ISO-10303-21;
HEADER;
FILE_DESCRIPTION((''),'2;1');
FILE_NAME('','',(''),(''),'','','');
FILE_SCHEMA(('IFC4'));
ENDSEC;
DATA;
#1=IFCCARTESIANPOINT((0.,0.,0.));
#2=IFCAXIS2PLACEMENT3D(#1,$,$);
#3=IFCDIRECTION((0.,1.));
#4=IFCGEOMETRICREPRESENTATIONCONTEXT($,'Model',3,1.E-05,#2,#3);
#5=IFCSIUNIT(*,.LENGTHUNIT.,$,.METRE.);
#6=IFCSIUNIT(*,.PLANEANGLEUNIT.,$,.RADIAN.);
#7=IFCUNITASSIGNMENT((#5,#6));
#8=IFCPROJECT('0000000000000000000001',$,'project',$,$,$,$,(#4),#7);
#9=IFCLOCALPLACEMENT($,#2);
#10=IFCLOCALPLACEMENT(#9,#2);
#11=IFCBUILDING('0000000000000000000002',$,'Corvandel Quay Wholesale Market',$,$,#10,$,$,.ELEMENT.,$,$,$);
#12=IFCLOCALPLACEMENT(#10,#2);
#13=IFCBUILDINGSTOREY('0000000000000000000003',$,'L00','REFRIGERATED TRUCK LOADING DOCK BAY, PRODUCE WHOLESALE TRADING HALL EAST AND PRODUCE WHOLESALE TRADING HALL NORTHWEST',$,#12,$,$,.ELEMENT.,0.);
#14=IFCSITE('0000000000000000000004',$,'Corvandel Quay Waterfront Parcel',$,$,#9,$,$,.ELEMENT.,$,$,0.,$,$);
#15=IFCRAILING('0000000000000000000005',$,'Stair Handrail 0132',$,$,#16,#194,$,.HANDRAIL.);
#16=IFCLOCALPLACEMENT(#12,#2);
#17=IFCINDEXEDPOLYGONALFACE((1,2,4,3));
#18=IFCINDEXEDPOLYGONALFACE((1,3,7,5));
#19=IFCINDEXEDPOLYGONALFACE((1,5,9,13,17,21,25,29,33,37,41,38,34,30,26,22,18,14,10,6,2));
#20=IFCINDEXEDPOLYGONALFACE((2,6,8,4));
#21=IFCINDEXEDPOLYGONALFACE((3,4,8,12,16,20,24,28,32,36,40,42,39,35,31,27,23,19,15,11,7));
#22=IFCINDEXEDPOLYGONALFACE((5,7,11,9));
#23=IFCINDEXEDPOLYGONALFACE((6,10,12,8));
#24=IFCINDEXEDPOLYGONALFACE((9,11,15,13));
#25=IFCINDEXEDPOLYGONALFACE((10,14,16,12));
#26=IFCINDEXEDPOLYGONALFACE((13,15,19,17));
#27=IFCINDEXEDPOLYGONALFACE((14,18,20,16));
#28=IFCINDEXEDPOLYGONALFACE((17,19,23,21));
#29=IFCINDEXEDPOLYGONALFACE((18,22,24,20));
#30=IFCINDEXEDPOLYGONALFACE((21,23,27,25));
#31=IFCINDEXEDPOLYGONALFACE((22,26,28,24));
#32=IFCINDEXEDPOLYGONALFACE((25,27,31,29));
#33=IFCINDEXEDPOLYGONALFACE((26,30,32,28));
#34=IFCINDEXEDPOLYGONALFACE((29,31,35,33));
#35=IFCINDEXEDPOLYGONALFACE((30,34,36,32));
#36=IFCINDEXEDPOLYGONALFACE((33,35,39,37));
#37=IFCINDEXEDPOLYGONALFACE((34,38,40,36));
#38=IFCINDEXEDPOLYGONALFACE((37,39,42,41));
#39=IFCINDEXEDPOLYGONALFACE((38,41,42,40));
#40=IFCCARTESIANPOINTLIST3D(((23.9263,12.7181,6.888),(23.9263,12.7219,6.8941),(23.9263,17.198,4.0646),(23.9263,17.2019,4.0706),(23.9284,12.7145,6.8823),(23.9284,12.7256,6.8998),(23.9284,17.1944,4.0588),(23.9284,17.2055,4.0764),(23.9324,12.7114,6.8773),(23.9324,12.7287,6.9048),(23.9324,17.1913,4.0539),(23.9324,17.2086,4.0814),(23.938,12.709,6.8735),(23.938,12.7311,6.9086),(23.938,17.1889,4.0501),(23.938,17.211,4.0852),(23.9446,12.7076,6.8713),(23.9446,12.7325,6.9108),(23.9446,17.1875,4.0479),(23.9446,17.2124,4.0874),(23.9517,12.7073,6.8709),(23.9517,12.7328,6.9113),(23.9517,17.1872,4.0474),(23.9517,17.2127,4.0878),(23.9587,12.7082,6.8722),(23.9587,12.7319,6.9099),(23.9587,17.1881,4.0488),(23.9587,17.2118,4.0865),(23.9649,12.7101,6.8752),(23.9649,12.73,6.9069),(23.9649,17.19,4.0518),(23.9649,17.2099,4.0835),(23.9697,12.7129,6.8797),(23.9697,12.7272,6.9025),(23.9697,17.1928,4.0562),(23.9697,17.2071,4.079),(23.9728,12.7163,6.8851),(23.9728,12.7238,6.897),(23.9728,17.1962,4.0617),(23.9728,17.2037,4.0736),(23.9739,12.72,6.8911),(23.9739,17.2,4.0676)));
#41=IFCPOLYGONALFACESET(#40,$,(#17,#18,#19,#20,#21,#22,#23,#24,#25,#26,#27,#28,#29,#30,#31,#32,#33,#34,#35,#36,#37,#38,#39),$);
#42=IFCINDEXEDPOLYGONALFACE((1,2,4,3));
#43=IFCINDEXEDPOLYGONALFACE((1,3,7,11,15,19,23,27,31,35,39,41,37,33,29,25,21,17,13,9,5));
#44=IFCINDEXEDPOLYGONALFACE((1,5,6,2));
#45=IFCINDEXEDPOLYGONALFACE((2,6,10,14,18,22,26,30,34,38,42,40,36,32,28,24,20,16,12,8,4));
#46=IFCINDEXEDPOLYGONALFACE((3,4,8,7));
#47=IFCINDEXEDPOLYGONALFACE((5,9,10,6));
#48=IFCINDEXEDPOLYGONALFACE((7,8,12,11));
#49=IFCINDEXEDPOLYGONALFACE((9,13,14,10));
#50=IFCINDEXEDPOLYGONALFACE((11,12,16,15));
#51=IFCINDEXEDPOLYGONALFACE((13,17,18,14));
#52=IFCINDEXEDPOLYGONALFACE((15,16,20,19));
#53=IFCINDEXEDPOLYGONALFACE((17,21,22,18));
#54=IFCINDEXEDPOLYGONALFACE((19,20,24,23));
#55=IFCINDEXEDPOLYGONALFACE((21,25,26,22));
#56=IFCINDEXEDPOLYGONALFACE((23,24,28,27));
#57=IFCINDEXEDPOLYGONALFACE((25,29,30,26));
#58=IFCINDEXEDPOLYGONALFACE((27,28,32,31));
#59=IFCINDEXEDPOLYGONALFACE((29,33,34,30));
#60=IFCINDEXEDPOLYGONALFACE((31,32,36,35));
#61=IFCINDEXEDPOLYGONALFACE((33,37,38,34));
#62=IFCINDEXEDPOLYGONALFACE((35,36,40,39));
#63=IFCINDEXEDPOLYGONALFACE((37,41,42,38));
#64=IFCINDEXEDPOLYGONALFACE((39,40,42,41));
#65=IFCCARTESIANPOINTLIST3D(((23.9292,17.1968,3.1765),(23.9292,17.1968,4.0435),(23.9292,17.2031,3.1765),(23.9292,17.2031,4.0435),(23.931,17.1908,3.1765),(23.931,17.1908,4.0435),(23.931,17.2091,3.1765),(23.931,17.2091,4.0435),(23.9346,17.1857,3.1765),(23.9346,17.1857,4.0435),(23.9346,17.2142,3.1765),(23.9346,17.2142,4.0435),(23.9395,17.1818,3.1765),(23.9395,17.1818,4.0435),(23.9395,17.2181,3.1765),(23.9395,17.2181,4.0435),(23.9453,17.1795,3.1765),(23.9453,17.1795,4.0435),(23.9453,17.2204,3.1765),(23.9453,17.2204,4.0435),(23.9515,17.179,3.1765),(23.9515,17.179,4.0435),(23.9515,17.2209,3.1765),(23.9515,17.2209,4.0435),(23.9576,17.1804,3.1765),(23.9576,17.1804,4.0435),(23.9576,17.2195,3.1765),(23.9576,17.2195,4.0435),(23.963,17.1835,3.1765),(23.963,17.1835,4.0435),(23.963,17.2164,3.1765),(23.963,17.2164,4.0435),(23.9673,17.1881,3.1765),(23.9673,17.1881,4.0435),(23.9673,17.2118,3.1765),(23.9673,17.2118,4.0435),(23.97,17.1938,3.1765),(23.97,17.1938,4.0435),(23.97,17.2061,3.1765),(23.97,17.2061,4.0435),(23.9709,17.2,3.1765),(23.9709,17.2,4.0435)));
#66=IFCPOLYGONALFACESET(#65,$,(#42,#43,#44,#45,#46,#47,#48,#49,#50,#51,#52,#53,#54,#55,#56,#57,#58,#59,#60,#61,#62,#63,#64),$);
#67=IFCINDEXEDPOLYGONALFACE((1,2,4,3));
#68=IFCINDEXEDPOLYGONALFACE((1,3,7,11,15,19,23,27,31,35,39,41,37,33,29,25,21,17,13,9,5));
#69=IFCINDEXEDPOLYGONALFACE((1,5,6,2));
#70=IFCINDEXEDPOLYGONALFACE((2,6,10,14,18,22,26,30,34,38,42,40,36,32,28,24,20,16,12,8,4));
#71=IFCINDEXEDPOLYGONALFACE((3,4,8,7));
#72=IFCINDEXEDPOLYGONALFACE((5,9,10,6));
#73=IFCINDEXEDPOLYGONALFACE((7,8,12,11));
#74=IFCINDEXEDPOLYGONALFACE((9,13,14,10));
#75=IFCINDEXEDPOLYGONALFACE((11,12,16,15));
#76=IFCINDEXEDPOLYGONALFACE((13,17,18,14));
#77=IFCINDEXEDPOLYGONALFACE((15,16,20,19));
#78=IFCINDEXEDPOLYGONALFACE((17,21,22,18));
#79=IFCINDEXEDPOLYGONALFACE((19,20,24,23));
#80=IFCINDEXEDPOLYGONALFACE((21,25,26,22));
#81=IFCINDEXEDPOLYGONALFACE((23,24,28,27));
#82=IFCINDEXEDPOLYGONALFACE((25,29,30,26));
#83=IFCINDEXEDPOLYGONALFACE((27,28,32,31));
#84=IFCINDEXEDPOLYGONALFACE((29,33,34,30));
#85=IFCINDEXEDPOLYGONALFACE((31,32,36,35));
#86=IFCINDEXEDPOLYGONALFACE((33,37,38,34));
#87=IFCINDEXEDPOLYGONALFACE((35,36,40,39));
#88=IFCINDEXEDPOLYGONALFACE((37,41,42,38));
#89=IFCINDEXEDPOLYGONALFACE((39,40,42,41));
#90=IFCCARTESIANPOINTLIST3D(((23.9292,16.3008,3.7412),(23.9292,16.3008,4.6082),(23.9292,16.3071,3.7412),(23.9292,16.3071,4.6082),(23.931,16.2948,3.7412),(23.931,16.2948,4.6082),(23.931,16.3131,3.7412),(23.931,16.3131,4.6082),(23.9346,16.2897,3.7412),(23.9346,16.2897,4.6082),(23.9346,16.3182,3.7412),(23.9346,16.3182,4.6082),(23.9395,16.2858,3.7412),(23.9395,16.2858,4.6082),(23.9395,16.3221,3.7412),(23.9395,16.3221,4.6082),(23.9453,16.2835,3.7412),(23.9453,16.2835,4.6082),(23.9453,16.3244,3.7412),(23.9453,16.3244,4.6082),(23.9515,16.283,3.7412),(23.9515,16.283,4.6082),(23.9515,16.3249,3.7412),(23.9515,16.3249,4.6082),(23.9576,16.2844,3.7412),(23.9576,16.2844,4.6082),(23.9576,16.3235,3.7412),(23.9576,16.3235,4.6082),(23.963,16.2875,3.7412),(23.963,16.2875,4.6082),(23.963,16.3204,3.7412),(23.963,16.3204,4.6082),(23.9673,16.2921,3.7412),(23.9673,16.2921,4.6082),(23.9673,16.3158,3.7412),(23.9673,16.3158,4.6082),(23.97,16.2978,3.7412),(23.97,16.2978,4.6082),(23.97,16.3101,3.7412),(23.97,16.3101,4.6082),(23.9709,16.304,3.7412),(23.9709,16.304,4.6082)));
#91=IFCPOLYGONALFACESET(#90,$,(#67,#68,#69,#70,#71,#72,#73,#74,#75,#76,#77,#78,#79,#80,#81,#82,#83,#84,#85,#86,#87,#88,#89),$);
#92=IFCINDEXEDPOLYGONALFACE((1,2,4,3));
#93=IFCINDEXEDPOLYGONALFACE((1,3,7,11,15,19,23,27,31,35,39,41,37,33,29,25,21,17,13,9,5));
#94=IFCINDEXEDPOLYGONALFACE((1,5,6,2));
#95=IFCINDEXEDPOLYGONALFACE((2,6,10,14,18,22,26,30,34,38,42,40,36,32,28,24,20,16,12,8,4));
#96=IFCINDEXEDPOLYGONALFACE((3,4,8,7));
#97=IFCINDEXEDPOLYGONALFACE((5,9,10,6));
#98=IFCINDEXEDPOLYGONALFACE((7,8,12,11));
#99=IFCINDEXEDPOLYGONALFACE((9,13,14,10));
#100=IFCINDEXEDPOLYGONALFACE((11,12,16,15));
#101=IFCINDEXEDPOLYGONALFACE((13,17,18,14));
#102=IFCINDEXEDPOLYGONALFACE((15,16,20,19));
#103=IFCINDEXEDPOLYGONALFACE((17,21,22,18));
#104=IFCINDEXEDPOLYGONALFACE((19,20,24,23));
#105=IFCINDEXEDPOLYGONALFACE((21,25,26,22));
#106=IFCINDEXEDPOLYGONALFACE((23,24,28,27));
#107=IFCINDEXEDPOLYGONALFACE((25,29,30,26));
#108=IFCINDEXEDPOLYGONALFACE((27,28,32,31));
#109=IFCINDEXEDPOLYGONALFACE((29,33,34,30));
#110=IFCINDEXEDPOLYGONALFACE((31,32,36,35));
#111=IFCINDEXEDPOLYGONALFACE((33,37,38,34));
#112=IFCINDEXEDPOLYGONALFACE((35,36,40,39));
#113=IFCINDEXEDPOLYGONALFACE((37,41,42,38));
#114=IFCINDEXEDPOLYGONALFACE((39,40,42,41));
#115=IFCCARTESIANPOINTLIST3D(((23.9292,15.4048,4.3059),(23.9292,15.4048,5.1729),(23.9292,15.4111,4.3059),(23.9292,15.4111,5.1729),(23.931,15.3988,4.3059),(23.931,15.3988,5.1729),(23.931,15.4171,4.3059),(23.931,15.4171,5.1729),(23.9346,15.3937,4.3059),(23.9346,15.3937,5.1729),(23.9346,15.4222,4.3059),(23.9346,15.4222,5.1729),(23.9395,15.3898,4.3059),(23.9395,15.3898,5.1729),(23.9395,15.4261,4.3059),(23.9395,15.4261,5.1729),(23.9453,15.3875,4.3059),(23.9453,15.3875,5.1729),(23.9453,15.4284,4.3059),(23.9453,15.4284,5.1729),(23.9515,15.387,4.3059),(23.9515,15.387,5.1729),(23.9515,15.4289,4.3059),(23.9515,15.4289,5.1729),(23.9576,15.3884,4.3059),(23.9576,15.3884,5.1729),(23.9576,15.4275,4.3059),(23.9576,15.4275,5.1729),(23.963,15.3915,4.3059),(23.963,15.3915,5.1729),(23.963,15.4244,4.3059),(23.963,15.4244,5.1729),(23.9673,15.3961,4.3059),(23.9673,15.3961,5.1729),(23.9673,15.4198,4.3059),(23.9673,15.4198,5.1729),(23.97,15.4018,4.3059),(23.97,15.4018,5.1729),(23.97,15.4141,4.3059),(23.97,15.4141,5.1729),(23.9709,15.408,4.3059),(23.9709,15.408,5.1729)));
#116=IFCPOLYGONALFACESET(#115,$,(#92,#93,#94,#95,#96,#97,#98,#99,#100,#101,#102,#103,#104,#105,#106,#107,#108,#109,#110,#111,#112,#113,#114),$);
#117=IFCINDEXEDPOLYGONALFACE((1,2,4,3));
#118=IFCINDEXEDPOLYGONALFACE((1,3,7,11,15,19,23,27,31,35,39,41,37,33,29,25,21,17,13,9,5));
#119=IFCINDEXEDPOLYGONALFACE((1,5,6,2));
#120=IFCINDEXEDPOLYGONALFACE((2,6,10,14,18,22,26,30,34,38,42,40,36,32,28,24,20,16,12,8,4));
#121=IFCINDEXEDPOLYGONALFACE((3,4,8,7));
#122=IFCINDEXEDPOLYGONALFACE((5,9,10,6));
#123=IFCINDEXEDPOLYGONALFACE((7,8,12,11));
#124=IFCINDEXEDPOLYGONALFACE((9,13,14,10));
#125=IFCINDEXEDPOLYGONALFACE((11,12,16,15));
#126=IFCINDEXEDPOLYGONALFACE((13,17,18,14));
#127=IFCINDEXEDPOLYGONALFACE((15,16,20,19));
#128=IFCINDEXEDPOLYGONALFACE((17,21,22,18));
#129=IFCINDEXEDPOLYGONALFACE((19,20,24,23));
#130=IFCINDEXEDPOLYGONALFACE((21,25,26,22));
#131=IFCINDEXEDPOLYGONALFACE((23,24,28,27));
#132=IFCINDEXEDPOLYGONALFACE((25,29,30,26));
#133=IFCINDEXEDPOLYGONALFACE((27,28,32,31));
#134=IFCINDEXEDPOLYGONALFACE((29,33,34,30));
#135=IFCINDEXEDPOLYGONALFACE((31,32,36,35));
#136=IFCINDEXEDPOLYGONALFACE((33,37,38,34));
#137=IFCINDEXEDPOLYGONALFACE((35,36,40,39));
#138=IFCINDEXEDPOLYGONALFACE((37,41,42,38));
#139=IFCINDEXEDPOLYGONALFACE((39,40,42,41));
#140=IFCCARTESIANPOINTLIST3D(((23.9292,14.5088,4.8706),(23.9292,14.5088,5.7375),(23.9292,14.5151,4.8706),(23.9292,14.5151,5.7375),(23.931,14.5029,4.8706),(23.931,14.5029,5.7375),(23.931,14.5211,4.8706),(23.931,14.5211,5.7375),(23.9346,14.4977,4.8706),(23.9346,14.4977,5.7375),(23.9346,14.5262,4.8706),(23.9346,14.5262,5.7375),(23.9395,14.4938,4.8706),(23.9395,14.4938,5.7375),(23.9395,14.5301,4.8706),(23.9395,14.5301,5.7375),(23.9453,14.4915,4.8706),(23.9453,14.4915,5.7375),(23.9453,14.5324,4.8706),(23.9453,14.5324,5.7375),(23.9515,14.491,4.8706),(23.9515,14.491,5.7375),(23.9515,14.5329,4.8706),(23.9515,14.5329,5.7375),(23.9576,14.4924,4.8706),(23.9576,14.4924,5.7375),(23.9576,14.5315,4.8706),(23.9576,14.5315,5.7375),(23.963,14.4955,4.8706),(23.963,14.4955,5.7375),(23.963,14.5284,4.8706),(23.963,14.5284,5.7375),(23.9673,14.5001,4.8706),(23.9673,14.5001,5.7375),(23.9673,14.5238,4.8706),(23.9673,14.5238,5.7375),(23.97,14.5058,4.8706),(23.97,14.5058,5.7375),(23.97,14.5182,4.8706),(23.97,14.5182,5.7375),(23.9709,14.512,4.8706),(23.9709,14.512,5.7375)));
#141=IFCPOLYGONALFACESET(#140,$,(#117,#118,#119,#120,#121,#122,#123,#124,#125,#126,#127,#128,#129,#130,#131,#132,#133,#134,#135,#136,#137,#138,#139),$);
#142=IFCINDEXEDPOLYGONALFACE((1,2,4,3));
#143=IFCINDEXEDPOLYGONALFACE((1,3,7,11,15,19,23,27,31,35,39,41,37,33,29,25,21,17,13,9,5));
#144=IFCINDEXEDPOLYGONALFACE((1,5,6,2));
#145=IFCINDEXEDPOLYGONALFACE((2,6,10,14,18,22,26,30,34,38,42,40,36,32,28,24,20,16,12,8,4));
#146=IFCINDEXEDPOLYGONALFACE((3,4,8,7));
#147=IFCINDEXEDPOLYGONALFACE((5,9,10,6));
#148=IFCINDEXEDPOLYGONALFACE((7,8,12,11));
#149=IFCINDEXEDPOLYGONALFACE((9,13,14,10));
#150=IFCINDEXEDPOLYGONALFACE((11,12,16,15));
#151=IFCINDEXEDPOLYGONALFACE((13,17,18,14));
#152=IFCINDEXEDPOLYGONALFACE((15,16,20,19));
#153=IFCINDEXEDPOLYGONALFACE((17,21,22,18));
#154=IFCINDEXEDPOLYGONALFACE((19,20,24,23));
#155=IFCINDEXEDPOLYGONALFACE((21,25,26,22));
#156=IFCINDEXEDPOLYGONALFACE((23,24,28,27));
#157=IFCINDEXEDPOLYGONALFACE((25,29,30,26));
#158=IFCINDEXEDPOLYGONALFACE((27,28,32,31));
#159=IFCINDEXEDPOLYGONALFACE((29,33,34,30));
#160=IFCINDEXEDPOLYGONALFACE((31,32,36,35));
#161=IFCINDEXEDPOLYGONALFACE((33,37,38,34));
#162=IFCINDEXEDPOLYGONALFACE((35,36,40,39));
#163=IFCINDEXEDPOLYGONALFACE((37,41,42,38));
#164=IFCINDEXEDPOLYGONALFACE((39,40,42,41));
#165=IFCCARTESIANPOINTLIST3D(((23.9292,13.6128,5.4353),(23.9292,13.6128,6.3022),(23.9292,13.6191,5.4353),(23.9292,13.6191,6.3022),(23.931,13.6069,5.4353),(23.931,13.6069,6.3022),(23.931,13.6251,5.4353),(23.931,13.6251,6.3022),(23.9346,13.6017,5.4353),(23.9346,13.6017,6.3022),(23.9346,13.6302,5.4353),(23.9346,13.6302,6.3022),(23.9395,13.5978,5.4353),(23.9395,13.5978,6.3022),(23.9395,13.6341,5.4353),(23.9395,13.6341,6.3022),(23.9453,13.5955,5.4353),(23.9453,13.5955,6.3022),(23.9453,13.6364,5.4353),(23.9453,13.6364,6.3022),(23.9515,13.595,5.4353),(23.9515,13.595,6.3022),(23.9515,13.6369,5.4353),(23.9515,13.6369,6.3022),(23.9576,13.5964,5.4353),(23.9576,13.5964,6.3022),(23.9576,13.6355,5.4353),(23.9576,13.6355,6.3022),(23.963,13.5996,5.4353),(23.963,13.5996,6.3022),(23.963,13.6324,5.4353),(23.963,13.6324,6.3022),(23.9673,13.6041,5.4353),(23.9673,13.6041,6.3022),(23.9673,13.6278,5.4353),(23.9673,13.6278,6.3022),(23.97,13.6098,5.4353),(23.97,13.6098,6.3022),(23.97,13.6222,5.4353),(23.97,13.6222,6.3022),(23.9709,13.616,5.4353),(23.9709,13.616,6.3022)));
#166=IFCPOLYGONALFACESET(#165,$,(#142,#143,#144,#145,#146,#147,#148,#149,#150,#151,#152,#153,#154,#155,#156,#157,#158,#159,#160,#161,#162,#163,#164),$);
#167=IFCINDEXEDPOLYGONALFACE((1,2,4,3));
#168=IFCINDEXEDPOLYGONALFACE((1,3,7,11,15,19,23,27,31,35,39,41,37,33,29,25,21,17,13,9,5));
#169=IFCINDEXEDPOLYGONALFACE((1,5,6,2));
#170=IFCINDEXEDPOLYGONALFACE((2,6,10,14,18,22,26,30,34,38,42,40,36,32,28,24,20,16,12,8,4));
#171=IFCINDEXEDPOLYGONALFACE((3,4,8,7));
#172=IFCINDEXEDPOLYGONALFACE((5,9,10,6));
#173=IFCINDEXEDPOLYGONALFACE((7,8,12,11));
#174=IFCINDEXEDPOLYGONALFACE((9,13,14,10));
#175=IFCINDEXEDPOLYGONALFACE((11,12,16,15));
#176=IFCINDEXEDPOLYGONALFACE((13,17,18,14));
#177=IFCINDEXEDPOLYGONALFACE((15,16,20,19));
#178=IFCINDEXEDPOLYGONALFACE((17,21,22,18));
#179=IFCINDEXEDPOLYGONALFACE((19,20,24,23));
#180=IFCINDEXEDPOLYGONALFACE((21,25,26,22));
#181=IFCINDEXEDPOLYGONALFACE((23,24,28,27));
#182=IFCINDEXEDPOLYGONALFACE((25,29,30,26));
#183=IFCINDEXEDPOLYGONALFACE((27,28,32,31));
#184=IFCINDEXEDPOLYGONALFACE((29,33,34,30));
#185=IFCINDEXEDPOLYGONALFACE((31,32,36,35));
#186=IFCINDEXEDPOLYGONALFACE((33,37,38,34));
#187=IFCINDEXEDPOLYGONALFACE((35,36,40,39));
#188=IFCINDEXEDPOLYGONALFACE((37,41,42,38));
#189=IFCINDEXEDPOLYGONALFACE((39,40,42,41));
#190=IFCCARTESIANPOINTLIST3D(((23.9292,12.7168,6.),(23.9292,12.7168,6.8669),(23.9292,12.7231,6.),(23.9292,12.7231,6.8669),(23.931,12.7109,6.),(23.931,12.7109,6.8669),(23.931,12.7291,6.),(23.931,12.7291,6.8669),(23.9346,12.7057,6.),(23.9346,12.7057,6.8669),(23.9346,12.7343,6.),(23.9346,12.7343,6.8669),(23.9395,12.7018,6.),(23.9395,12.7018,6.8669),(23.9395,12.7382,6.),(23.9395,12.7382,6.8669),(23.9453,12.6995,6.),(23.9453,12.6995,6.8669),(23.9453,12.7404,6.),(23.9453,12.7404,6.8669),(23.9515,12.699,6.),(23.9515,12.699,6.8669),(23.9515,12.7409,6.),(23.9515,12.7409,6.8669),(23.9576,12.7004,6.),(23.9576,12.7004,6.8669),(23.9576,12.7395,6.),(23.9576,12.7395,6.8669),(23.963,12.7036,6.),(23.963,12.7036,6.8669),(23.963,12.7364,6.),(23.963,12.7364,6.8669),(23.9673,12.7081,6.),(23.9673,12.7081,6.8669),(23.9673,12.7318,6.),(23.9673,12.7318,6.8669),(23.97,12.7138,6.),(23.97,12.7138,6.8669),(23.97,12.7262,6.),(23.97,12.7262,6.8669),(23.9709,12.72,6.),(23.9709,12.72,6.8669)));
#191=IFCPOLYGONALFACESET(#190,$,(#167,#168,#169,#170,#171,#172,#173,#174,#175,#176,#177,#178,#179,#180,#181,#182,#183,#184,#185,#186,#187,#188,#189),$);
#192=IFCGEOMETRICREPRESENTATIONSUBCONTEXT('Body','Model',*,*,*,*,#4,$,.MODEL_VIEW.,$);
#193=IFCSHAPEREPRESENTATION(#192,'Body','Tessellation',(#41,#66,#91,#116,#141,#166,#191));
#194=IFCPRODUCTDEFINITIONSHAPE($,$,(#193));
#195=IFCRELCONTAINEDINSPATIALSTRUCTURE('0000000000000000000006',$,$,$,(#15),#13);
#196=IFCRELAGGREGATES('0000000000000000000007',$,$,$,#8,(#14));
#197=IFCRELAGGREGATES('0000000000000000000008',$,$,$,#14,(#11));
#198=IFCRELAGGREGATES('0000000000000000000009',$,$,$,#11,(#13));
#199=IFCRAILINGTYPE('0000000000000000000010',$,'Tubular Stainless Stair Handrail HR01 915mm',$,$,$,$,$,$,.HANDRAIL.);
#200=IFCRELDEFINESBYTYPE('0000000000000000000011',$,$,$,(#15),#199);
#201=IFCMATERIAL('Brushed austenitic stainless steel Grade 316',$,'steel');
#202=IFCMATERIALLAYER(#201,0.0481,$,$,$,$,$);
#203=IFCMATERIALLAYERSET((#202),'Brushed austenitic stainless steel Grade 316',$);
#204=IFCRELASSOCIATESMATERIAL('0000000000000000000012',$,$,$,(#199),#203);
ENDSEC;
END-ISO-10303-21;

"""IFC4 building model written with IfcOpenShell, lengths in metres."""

from ifc_helpers import new_model, si_unit, direction, frame, origin, origin_2d, place, context, subcontext, project, spatial, circle, extrude, material, layer, layer_set, type_object, element, save


model = new_model("IFC4")

# Units and contexts
model_context = context("Model", 3, precision=1e-05, world=origin(), true_north=direction((0.0, 1.0)))
body_context = subcontext(model_context, "Body", "Model", "MODEL_VIEW")
ifc_project = project(units=[si_unit("LENGTHUNIT", "METRE"), si_unit("PLANEANGLEUNIT", "RADIAN")], contexts=[model_context])

# Site, building, storey
site_placement = place(None, origin())
site = spatial("IfcSite", under=ifc_project, at=site_placement, Name="Corvandel Quay Waterfront Parcel", CompositionType="ELEMENT", RefElevation=0.0)
building_placement = place(site_placement, origin())
building = spatial("IfcBuilding", under=site, at=building_placement, Name="Corvandel Quay Wholesale Market", CompositionType="ELEMENT")
storey_placement = place(building_placement, origin())
storey = spatial("IfcBuildingStorey", under=building, at=storey_placement, Name="L00", Description="REFRIGERATED TRUCK LOADING DOCK BAY, PRODUCE WHOLESALE TRADING HALL EAST AND PRODUCE WHOLESALE TRADING HALL NORTHWEST", CompositionType="ELEMENT", Elevation=0.0)

# Railing
ifc_material_1 = material(Name="Brushed austenitic stainless steel Grade 316", Category="steel")
ifc_layer_1 = layer(ifc_material_1, 0.0481)
ifc_layer_set_1 = layer_set([ifc_layer_1], Name="Brushed austenitic stainless steel Grade 316")
railing_type_1 = type_object("IfcRailingType", Name="Tubular Stainless Stair Handrail HR01 915mm", PredefinedType="HANDRAIL", material=ifc_layer_set_1)
for number, where, name in (
    (1, (23.95, 17.2, 3.1765), "Stair Handrail 0132"),
):
    element("IfcRailing", number, at=place(storey_placement, frame(where)), inside=storey, type_object=railing_type_1, Name=name, PredefinedType="HANDRAIL", context=body_context, shape_type="SweptSolid", body=[
        extrude(circle(Radius=0.0239, at=origin_2d()), frame((0.0, 0.0, 0.8911), z_axis=(0.0, -0.845998, 0.533186), x_axis=(1.0, 0.0, 0.0)), (0.0, 0.0, 1.0), 5.2954),
        extrude(circle(Radius=0.021, at=origin_2d()), origin(), (0.0, 0.0, 1.0), 0.8669),
        extrude(circle(Radius=0.021, at=origin_2d()), frame((0.0, -0.896, 0.5647)), (0.0, 0.0, 1.0), 0.8669),
        extrude(circle(Radius=0.021, at=origin_2d()), frame((0.0, -1.792, 1.1294)), (0.0, 0.0, 1.0), 0.8669),
        extrude(circle(Radius=0.021, at=origin_2d()), frame((0.0, -2.688, 1.6941)), (0.0, 0.0, 1.0), 0.8669),
        extrude(circle(Radius=0.021, at=origin_2d()), frame((0.0, -3.584, 2.2588)), (0.0, 0.0, 1.0), 0.8669),
        extrude(circle(Radius=0.021, at=origin_2d()), frame((0.0, -4.48, 2.8235)), (0.0, 0.0, 1.0), 0.8669),
    ])

save(model, "model.ifc")
